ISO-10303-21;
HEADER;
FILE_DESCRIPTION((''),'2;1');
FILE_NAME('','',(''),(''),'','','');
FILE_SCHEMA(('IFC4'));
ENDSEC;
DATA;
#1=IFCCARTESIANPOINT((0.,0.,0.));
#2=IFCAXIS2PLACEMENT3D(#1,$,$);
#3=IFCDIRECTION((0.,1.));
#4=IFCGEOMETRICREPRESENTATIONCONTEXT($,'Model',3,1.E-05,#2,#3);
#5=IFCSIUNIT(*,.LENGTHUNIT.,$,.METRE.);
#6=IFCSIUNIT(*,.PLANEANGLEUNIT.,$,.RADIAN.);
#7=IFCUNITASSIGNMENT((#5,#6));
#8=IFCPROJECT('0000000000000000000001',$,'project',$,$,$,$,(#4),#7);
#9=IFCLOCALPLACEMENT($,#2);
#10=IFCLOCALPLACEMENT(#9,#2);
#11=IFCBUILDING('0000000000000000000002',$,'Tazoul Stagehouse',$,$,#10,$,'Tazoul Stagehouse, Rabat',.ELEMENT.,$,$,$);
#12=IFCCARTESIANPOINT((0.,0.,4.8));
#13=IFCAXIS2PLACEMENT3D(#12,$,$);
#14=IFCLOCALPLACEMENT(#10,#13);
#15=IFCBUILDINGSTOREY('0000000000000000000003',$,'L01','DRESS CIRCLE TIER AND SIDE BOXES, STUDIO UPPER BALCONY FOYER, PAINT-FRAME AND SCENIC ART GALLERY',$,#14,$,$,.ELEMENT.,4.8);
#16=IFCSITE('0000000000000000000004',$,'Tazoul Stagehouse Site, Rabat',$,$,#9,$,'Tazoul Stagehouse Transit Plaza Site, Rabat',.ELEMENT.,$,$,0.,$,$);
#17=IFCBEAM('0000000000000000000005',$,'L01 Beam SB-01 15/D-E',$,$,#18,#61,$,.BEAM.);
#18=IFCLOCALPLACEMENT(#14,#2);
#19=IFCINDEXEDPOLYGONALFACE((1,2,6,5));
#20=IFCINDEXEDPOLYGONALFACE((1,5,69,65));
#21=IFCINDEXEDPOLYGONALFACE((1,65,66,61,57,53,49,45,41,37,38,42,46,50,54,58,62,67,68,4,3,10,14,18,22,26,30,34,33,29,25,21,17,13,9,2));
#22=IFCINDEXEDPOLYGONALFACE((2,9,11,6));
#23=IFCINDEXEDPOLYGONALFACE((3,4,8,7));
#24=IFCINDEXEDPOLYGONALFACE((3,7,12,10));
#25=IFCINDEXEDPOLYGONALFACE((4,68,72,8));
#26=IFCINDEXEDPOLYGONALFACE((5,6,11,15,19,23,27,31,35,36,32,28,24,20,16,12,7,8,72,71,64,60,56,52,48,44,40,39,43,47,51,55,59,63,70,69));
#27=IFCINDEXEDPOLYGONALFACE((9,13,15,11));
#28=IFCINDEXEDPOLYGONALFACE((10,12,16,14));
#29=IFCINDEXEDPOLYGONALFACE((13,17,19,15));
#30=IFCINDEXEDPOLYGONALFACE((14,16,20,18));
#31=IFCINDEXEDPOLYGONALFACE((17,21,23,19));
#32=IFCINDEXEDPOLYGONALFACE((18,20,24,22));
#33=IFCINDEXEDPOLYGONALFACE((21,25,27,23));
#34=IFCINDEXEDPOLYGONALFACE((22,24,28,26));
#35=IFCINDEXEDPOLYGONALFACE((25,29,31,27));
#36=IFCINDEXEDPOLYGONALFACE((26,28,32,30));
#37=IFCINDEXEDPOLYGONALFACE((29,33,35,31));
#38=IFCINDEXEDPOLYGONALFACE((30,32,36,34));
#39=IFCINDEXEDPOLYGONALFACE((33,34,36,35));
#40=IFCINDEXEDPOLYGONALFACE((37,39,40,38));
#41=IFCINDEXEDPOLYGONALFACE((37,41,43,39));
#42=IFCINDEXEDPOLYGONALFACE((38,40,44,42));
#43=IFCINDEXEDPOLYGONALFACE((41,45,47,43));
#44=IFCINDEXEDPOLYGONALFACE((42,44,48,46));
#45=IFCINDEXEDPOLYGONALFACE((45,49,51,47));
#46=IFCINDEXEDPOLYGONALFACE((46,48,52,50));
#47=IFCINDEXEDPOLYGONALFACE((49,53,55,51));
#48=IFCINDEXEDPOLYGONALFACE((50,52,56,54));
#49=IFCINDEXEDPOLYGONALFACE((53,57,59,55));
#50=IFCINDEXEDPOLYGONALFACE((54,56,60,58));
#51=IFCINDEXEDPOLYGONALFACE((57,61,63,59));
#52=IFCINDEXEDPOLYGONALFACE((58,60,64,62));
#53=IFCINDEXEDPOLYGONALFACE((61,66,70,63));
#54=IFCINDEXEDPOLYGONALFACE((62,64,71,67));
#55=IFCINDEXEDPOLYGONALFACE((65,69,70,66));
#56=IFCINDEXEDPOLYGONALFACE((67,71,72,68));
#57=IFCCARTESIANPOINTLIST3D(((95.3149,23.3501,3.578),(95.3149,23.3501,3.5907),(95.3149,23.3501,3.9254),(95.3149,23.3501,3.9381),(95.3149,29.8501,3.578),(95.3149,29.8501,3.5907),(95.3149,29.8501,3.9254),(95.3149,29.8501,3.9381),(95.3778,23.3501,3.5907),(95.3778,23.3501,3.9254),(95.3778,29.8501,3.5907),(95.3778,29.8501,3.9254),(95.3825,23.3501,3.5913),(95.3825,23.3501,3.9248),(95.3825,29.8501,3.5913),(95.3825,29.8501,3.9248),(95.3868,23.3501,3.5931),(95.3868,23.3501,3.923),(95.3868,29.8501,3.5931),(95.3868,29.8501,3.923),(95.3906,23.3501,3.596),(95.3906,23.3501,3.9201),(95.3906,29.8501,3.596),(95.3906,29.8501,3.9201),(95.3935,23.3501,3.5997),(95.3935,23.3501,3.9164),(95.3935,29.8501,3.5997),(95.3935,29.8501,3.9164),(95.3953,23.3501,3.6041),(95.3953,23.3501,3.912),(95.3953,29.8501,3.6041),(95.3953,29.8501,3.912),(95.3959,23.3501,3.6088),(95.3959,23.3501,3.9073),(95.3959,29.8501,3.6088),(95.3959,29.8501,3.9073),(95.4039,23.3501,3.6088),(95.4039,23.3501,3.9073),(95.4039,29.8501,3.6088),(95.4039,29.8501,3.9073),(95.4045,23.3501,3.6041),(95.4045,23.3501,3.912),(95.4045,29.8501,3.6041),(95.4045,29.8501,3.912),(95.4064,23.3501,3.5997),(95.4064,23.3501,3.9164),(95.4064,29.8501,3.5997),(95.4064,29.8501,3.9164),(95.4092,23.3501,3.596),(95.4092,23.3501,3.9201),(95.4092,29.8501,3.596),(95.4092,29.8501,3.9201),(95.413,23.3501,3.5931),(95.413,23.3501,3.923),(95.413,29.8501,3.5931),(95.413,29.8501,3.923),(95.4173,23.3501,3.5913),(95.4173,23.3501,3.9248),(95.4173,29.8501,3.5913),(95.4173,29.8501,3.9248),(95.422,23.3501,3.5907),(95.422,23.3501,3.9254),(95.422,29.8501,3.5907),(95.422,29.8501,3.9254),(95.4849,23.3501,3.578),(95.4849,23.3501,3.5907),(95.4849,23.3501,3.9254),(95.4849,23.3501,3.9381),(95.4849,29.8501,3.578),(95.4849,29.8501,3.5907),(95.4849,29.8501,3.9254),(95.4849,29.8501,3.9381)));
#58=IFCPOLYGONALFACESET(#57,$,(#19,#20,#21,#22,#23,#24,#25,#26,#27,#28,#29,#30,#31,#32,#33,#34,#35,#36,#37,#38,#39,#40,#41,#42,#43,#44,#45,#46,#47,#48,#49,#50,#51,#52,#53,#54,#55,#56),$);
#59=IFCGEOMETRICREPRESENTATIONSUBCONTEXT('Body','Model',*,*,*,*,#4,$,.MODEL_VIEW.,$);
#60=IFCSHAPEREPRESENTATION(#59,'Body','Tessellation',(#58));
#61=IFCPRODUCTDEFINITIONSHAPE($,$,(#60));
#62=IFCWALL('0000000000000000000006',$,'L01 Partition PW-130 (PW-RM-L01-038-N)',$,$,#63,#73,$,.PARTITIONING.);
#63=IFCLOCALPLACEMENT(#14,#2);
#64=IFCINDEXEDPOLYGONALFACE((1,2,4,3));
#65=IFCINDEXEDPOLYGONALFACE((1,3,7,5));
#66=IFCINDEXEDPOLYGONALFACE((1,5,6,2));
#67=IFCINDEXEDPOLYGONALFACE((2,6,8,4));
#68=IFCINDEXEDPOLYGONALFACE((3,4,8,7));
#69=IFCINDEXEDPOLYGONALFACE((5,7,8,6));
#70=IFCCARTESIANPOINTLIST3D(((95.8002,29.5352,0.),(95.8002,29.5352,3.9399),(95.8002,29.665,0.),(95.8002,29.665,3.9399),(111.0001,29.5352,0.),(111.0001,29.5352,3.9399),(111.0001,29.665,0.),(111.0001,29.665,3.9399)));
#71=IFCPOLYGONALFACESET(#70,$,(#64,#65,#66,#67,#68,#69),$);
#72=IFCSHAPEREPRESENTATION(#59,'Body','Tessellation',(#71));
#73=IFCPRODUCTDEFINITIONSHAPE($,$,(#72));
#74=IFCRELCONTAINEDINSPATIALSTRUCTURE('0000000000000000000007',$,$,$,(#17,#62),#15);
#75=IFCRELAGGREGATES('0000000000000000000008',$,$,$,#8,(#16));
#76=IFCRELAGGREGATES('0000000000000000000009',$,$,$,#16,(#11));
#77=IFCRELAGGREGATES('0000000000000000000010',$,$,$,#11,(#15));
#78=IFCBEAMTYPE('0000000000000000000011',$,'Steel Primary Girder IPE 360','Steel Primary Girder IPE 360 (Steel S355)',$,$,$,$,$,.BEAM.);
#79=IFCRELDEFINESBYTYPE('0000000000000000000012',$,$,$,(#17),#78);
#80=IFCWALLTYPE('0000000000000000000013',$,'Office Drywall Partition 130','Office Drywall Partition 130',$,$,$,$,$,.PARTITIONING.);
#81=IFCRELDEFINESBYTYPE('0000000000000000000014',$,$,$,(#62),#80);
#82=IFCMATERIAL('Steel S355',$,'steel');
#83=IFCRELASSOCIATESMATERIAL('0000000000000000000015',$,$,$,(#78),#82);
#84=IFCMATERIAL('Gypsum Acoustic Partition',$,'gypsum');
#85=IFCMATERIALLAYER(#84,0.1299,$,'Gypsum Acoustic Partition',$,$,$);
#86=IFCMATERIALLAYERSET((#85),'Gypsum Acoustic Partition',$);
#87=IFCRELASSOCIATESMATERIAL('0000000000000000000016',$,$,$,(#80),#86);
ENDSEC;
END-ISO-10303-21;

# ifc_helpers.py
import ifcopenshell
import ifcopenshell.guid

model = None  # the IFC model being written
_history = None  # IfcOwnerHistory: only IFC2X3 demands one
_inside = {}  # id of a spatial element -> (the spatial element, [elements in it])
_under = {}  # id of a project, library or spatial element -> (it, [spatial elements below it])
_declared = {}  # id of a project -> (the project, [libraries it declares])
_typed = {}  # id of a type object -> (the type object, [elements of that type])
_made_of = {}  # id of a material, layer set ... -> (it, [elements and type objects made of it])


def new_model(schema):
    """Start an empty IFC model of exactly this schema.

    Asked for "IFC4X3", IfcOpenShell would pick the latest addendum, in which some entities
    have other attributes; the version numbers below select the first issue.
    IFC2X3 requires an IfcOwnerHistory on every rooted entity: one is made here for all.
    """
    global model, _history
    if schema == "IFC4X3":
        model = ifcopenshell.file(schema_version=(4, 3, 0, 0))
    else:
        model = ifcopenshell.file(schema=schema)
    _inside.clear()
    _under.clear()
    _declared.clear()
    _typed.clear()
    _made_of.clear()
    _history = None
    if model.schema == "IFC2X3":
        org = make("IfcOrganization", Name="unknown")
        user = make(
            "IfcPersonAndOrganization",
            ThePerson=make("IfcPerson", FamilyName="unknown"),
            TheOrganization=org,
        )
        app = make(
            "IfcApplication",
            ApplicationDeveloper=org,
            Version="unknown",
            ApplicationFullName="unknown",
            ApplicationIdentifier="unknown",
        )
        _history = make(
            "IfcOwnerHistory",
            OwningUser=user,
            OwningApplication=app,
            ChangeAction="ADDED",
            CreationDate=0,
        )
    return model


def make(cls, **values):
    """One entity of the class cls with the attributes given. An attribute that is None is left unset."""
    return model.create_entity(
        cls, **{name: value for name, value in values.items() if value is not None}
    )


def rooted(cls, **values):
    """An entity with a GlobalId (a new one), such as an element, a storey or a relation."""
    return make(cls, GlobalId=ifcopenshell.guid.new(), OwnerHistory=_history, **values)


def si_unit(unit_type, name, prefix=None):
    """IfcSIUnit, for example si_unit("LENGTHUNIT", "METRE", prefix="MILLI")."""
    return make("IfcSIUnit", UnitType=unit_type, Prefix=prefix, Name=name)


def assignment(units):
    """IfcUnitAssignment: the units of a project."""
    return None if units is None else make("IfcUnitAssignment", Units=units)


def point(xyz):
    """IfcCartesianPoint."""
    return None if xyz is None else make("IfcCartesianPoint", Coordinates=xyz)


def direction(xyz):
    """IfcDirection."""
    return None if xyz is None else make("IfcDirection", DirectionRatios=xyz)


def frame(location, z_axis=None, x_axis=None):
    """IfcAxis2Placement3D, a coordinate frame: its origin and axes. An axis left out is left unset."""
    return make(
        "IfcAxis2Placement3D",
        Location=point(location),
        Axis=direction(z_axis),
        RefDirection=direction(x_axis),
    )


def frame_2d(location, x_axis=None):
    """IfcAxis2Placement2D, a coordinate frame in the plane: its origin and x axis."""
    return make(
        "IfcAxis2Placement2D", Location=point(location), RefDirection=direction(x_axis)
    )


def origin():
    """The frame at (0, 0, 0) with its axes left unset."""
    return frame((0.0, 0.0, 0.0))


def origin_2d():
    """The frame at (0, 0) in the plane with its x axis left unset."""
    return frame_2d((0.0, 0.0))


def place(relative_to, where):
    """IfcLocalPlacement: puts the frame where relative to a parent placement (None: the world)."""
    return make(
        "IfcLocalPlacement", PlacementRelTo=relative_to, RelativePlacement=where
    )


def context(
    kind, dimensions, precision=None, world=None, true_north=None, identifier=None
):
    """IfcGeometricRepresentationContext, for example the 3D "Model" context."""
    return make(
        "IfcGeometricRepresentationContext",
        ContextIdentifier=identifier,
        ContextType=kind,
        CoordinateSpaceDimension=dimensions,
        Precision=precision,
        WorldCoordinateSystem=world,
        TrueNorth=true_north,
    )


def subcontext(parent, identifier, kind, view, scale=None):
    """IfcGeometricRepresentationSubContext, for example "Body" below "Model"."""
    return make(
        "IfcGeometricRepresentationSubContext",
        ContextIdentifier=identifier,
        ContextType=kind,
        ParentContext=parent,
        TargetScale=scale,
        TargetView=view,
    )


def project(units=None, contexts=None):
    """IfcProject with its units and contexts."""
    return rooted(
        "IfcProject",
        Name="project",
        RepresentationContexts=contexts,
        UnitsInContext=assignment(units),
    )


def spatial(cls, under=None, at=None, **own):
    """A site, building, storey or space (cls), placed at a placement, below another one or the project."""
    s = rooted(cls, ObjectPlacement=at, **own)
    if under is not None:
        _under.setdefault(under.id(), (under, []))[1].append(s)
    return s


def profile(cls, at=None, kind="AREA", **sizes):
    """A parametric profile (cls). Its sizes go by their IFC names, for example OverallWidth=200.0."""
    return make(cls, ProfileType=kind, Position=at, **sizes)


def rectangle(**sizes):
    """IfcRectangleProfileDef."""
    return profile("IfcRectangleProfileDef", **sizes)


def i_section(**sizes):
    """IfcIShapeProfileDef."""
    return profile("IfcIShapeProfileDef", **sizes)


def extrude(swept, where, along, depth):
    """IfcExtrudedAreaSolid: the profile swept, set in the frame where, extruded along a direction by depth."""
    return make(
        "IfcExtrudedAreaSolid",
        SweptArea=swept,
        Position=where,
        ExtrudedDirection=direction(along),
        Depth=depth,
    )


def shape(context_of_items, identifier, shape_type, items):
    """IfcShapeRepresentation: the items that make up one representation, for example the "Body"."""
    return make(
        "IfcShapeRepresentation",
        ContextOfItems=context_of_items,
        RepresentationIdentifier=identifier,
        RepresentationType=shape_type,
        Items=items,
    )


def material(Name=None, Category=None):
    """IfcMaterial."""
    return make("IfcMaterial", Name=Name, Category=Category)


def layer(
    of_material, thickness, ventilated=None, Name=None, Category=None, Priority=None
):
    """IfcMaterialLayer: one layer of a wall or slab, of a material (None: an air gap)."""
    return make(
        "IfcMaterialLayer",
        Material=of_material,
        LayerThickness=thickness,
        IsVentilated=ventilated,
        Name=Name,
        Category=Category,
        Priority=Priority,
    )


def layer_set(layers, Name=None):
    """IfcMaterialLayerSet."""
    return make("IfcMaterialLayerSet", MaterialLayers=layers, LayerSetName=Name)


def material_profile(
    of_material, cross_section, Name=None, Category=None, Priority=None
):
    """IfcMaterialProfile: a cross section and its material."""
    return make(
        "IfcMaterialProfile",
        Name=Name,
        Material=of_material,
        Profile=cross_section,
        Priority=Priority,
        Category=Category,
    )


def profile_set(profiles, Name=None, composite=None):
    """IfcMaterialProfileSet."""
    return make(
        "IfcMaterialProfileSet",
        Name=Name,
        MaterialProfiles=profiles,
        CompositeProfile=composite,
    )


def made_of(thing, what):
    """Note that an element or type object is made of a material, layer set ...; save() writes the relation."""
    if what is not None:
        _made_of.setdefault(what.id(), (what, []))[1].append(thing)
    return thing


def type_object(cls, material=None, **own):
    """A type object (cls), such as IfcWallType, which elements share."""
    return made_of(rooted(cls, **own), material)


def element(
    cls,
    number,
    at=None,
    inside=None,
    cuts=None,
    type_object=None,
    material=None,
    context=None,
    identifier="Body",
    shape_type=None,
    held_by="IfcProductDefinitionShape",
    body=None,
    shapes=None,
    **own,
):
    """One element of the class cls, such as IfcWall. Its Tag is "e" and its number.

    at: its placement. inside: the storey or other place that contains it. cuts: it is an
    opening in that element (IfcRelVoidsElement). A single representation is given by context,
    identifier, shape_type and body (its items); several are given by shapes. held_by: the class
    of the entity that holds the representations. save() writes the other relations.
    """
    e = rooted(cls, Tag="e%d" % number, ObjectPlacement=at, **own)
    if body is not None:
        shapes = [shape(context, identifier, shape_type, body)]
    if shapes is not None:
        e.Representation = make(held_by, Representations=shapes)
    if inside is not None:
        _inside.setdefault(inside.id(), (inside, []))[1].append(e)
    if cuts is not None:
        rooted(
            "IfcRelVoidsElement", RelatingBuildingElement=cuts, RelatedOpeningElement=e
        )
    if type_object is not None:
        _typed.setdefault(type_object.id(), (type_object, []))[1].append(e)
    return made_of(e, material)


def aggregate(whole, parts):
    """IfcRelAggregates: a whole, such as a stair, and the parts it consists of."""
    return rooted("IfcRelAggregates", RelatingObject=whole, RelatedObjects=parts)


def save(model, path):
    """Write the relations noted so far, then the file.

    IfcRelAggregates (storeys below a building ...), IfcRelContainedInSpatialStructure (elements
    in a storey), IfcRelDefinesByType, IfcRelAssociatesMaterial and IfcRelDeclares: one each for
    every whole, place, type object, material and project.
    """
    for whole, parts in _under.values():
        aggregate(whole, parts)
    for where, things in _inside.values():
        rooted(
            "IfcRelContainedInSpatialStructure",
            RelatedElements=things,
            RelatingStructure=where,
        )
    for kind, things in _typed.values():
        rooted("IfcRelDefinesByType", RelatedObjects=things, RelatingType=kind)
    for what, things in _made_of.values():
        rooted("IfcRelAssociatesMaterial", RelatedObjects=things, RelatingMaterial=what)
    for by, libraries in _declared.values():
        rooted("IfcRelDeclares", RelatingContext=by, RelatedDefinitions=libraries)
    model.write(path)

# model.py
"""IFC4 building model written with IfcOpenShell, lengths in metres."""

from ifc_helpers import new_model, si_unit, direction, frame, frame_2d, origin, origin_2d, place, context, subcontext, project, spatial, rectangle, i_section, extrude, material, layer, layer_set, material_profile, profile_set, type_object, element, save


model = new_model("IFC4")

# Units and contexts
model_context = context("Model", 3, precision=1e-05, world=origin(), true_north=direction((0.0, 1.0)))
body_context = subcontext(model_context, "Body", "Model", "MODEL_VIEW")
ifc_project = project(units=[si_unit("LENGTHUNIT", "METRE"), si_unit("PLANEANGLEUNIT", "RADIAN")], contexts=[model_context])

# Site, building, storey
site_placement = place(None, origin())
building_placement = place(site_placement, origin())
storey_placement = place(building_placement, frame((0.0, 0.0, 4.8)))
site = spatial("IfcSite", under=ifc_project, at=site_placement, Name="Tazoul Stagehouse Site, Rabat", LongName="Tazoul Stagehouse Transit Plaza Site, Rabat", CompositionType="ELEMENT", RefElevation=0.0)
building = spatial("IfcBuilding", under=site, at=building_placement, Name="Tazoul Stagehouse", LongName="Tazoul Stagehouse, Rabat", CompositionType="ELEMENT")
storey = spatial("IfcBuildingStorey", under=building, at=storey_placement, Name="L01", Description="DRESS CIRCLE TIER AND SIDE BOXES, STUDIO UPPER BALCONY FOYER, PAINT-FRAME AND SCENIC ART GALLERY", CompositionType="ELEMENT", Elevation=4.8)

# Beam
ifc_material_1 = material(Name="Steel S355", Category="steel")
ifc_material_profile_1 = material_profile(ifc_material_1, i_section(OverallWidth=0.1699, OverallDepth=0.3601, WebThickness=0.0081, FlangeThickness=0.0127, FilletRadius=0.0181, at=origin_2d()), Name="IPE 360")
ifc_profile_set_1 = profile_set([ifc_material_profile_1], Name="Steel S355")
beam_type_1 = type_object("IfcBeamType", Name="Steel Primary Girder IPE 360", Description="Steel Primary Girder IPE 360 (Steel S355)", PredefinedType="BEAM", material=ifc_profile_set_1)
beam_1_placement = place(storey_placement, frame((95.3999, 23.3501, 3.7581), z_axis=(0.0, 1.0, 0.0), x_axis=(-1.0, 0.0, 0.0)))
element("IfcBeam", 1, at=beam_1_placement, inside=storey, type_object=beam_type_1, Name="L01 Beam SB-01 15/D-E", PredefinedType="BEAM", context=body_context, shape_type="SweptSolid", body=[
    extrude(i_section(OverallWidth=0.1699, OverallDepth=0.3601, WebThickness=0.0081, FlangeThickness=0.0127, FilletRadius=0.0181, at=origin_2d()), origin(), (0.0, 0.0, 1.0), 6.5),
])

# Wall
ifc_material_2 = material(Name="Gypsum Acoustic Partition", Category="gypsum")
ifc_layer_1 = layer(ifc_material_2, 0.1299, Name="Gypsum Acoustic Partition")
ifc_layer_set_1 = layer_set([ifc_layer_1], Name="Gypsum Acoustic Partition")
wall_type = type_object("IfcWallType", Name="Office Drywall Partition 130", Description="Office Drywall Partition 130", PredefinedType="PARTITIONING", material=ifc_layer_set_1)
wall_placement = place(storey_placement, frame((95.8, 29.6001, 0.0), z_axis=(0.0, 0.0, 1.0), x_axis=(1.0, 0.0, 0.0)))
element("IfcWall", 2, at=wall_placement, inside=storey, type_object=wall_type, Name="L01 Partition PW-130 (PW-RM-L01-038-N)", PredefinedType="PARTITIONING", context=body_context, shape_type="SweptSolid", body=[
    extrude(rectangle(XDim=15.2, YDim=0.1299, at=frame_2d((7.6001, 0.0))), origin(), (0.0, 0.0, 1.0), 3.9399),
])

save(model, "model.ifc")
